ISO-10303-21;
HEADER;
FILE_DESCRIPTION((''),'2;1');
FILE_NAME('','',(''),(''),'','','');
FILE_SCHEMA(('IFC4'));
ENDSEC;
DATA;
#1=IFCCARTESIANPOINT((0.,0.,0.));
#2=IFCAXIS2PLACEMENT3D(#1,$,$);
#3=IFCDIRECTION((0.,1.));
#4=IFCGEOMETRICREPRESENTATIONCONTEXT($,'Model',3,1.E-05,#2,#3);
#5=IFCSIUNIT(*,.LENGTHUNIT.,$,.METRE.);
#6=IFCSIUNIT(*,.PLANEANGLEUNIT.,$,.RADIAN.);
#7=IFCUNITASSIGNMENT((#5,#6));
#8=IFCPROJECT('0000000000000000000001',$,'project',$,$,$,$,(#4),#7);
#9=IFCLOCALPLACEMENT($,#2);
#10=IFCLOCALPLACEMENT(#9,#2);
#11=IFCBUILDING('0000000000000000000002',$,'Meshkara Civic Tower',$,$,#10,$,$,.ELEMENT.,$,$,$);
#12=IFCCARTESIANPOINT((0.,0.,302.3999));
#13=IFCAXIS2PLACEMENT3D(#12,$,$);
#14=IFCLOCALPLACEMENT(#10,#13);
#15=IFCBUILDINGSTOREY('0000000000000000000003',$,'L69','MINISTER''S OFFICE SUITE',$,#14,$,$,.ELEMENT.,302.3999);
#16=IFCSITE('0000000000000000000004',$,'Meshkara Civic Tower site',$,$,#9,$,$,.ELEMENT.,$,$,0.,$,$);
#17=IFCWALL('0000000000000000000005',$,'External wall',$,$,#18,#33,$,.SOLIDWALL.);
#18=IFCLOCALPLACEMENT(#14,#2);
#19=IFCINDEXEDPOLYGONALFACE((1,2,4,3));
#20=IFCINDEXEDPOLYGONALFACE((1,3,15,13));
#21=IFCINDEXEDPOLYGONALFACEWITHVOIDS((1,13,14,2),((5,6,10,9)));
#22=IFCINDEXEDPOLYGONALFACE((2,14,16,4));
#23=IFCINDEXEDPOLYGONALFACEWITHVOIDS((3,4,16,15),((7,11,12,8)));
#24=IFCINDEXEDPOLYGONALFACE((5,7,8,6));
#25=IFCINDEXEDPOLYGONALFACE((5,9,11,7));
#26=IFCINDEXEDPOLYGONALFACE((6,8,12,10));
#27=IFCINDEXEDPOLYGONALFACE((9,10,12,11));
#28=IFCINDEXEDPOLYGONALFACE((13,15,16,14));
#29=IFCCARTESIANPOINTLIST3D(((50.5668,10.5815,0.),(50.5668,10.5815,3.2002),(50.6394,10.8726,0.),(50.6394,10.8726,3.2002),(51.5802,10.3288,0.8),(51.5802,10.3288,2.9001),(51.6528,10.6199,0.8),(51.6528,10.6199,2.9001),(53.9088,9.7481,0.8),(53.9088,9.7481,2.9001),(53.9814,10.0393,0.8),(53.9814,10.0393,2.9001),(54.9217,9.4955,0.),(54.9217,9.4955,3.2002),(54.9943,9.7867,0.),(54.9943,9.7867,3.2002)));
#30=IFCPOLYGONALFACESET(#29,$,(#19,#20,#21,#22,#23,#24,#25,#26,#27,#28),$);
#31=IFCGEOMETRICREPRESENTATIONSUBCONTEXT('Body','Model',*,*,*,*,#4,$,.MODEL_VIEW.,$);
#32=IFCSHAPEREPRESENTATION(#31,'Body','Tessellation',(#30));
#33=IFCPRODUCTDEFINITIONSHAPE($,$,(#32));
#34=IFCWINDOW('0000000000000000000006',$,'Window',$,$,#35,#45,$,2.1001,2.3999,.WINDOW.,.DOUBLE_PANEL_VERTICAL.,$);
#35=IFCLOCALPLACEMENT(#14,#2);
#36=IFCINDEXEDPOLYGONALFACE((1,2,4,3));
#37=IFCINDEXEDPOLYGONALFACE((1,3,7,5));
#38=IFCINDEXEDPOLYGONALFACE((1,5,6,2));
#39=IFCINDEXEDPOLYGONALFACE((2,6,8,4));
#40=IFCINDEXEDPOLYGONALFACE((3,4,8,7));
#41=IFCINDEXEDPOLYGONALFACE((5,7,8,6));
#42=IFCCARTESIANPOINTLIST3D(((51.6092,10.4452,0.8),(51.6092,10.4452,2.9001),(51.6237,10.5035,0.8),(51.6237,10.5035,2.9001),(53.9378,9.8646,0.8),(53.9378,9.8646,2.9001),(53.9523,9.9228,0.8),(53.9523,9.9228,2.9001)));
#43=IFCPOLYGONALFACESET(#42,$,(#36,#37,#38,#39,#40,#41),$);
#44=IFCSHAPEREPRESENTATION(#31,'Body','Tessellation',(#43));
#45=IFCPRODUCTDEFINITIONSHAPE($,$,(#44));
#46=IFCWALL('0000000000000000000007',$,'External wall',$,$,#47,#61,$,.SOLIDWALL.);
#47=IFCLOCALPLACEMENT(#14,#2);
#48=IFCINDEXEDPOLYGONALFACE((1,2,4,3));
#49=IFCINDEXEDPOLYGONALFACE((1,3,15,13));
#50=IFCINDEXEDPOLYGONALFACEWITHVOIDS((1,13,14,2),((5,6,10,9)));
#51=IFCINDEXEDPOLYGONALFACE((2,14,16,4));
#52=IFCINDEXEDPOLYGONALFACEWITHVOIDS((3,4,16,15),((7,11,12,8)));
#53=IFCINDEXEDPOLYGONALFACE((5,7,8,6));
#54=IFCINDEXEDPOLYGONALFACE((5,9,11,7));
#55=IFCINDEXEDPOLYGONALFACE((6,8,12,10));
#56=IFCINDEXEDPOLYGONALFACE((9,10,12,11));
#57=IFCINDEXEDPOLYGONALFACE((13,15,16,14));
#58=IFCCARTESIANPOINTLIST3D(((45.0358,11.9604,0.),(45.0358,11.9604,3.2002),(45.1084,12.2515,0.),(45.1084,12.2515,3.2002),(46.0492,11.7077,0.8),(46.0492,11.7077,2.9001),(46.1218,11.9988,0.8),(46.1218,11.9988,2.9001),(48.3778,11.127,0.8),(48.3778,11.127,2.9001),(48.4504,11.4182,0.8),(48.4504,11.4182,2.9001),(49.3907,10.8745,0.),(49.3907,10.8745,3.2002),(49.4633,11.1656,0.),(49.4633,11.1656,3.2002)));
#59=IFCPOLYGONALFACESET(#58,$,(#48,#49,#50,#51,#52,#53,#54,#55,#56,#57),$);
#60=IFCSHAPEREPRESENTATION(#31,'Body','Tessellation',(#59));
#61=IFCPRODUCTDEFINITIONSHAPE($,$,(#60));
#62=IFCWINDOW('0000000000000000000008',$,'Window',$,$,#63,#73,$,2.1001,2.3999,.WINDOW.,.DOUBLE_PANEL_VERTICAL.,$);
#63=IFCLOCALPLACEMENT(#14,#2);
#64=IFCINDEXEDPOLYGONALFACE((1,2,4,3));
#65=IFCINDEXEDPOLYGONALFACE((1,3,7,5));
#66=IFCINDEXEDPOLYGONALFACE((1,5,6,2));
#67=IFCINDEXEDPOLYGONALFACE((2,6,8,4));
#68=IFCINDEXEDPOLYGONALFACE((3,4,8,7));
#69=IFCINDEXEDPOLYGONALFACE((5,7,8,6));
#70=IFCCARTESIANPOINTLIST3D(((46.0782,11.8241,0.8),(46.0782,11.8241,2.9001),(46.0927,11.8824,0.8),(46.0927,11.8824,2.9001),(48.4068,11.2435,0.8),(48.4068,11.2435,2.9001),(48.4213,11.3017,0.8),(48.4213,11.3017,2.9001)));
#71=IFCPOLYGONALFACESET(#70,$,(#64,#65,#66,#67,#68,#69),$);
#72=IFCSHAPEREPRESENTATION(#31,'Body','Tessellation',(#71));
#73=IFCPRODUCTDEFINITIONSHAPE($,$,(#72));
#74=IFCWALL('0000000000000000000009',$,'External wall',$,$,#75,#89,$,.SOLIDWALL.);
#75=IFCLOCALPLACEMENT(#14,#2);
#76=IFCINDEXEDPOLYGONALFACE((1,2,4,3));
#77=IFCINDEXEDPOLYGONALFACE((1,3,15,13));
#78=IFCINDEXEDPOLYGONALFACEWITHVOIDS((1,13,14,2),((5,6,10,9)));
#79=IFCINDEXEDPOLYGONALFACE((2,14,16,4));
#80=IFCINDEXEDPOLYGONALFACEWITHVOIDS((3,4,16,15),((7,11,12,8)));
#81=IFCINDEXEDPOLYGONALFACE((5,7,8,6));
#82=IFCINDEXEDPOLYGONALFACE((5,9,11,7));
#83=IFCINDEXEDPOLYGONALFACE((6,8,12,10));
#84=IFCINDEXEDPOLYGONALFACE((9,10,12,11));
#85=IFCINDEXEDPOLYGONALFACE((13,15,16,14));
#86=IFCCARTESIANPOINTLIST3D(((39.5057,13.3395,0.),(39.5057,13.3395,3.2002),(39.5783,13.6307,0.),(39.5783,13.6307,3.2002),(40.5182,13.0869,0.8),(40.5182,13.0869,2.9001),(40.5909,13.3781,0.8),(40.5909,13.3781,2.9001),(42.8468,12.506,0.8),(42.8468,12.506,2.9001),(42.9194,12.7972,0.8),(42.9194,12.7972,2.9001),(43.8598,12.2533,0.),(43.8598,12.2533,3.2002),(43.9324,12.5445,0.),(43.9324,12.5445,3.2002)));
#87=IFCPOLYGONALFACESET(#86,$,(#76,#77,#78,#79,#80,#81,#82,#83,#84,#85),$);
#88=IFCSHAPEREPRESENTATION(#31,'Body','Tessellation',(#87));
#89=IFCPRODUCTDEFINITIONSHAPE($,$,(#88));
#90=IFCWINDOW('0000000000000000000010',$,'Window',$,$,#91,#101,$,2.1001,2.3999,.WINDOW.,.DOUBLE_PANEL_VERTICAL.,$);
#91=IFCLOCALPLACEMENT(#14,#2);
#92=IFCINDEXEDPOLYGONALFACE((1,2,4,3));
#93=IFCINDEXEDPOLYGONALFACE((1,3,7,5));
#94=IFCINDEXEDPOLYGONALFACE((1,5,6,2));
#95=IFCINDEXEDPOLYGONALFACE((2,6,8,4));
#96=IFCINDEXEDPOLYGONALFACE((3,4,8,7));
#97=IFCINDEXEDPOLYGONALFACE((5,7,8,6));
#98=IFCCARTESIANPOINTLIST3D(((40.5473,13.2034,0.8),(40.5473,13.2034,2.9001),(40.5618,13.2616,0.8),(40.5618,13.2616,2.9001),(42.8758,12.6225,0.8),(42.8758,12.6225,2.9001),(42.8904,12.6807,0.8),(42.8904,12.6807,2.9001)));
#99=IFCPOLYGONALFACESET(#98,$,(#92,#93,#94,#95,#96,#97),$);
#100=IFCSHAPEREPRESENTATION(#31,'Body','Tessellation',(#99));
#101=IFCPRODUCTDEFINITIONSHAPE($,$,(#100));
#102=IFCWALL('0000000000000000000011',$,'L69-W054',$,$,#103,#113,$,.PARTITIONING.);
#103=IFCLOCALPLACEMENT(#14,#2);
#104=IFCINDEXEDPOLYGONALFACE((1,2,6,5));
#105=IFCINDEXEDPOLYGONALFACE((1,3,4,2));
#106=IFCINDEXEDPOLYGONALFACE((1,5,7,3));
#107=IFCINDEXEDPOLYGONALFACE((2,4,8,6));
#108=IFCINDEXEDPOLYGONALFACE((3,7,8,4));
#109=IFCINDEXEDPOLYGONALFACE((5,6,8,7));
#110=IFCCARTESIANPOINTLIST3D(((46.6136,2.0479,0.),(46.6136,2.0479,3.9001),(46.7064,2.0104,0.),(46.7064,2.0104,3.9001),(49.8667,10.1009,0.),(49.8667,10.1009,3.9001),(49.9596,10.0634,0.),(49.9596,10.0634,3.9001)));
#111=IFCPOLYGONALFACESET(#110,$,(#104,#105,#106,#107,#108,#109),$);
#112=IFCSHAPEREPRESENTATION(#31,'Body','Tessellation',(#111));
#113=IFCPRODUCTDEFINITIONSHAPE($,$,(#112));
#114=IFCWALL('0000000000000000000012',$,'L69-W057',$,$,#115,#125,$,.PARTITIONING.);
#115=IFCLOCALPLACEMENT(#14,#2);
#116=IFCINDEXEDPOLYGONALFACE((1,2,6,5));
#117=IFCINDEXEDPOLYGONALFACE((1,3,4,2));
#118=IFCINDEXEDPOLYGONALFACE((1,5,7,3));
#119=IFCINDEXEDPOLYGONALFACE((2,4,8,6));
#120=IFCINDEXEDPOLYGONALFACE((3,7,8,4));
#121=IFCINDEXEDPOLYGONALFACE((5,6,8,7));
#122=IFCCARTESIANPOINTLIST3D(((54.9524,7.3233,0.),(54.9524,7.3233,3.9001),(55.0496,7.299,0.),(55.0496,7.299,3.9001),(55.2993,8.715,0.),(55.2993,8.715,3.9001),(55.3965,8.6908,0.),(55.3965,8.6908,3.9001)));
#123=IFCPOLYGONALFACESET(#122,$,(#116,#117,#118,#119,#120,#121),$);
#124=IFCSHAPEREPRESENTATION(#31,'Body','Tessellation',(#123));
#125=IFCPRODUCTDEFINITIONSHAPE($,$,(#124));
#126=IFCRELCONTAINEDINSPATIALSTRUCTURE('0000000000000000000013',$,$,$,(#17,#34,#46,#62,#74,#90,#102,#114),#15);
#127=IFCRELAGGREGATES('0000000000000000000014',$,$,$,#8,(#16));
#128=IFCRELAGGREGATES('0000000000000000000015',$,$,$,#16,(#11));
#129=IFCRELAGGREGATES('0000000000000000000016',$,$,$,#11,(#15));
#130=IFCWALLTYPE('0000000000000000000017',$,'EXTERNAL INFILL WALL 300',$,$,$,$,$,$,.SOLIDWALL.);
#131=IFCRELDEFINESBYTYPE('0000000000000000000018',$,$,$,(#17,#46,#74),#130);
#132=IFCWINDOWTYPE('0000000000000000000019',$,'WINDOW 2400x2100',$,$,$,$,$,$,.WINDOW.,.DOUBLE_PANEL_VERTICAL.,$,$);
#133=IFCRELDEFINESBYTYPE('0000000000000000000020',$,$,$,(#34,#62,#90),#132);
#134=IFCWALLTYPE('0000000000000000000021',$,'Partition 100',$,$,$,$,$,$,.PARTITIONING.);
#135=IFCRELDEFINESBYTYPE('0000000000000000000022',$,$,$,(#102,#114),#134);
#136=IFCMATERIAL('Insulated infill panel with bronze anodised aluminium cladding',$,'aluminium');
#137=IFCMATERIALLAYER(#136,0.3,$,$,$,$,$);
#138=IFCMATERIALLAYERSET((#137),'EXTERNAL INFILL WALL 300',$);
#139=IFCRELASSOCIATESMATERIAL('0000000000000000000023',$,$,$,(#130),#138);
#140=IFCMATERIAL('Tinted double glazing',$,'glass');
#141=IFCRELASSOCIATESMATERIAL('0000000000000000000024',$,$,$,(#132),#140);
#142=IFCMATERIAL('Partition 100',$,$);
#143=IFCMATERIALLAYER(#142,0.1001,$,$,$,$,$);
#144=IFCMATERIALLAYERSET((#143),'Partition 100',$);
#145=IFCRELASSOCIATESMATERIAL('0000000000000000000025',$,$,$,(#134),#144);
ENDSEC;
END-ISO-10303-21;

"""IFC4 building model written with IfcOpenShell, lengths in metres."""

from ifc_helpers import new_model, si_unit, direction, frame, frame_2d, origin, place, context, subcontext, project, spatial, rectangle, extrude, material, layer, layer_set, type_object, element, fill, save


model = new_model("IFC4")

# Units and contexts
model_context = context("Model", 3, precision=1e-05, world=origin(), true_north=direction((0.0, 1.0)))
body_context = subcontext(model_context, "Body", "Model", "MODEL_VIEW")
ifc_project = project(units=[si_unit("LENGTHUNIT", "METRE"), si_unit("PLANEANGLEUNIT", "RADIAN")], contexts=[model_context])

# Site, building, storey
site_placement = place(None, origin())
site = spatial("IfcSite", under=ifc_project, at=site_placement, Name="Meshkara Civic Tower site", CompositionType="ELEMENT", RefElevation=0.0)
building_placement = place(site_placement, origin())
building = spatial("IfcBuilding", under=site, at=building_placement, Name="Meshkara Civic Tower", CompositionType="ELEMENT")
storey_placement = place(building_placement, frame((0.0, 0.0, 302.3999)))
storey = spatial("IfcBuildingStorey", under=building, at=storey_placement, Name="L69", Description="MINISTER'S OFFICE SUITE", CompositionType="ELEMENT", Elevation=302.3999)

# Walls, openings, windows
ifc_material_1 = material(Name="Insulated infill panel with bronze anodised aluminium cladding", Category="aluminium")
ifc_layer_1 = layer(ifc_material_1, 0.3)
ifc_layer_set_1 = layer_set([ifc_layer_1], Name="EXTERNAL INFILL WALL 300")
wall_type_1 = type_object("IfcWallType", Name="EXTERNAL INFILL WALL 300", PredefinedType="SOLIDWALL", material=ifc_layer_set_1)
wall_1_placement = place(storey_placement, frame((54.958, 9.6411, 0.0), z_axis=(0.0, 0.0, 1.0), x_axis=(-0.97029, 0.241947, 0.0)))
wall_1 = element("IfcWall", 1, at=wall_1_placement, inside=storey, type_object=wall_type_1, Name="External wall", PredefinedType="SOLIDWALL", context=body_context, shape_type="SweptSolid", body=[
    extrude(rectangle(XDim=4.4883, YDim=0.3, at=frame_2d((2.2441, 0.0))), origin(), (0.0, 0.0, 1.0), 3.2002),
])
opening_1_placement = place(wall_1_placement, frame((1.0439, 0.0, 0.8)))
opening_1 = element("IfcOpeningElement", 2, at=opening_1_placement, cuts=wall_1, PredefinedType="OPENING", context=body_context, shape_type="SweptSolid", body=[
    extrude(rectangle(XDim=2.3999, YDim=2.1001, at=frame_2d((1.2, 1.05))), frame((0.0, 0.1599, 0.0), z_axis=(0.0, -1.0, 0.0), x_axis=(1.0, 0.0, 0.0)), (0.0, 0.0, 1.0), 0.3201),
])
ifc_material_2 = material(Name="Tinted double glazing", Category="glass")
window_type = type_object("IfcWindowType", Name="WINDOW 2400x2100", PartitioningType="DOUBLE_PANEL_VERTICAL", PredefinedType="WINDOW", material=ifc_material_2)
window_1_placement = place(opening_1_placement, origin())
window_1 = element("IfcWindow", 3, at=window_1_placement, inside=storey, type_object=window_type, Name="Window", OverallHeight=2.1001, OverallWidth=2.3999, PartitioningType="DOUBLE_PANEL_VERTICAL", PredefinedType="WINDOW", context=body_context, shape_type="SweptSolid", body=[
    extrude(rectangle(XDim=2.3999, YDim=2.1001, at=frame_2d((1.2, 1.05))), frame((0.0, 0.03, 0.0), z_axis=(0.0, -1.0, 0.0), x_axis=(1.0, 0.0, 0.0)), (0.0, 0.0, 1.0), 0.0601),
])
fill(opening_1, window_1)
wall_2_placement = place(storey_placement, frame((49.427, 11.02, 0.0), z_axis=(0.0, 0.0, 1.0), x_axis=(-0.97029, 0.241947, 0.0)))
wall_2 = element("IfcWall", 4, at=wall_2_placement, inside=storey, type_object=wall_type_1, Name="External wall", PredefinedType="SOLIDWALL", context=body_context, shape_type="SweptSolid", body=[
    extrude(rectangle(XDim=4.4883, YDim=0.3, at=frame_2d((2.2441, 0.0))), origin(), (0.0, 0.0, 1.0), 3.2002),
])
opening_2_placement = place(wall_2_placement, frame((1.0439, 0.0, 0.8)))
opening_2 = element("IfcOpeningElement", 5, at=opening_2_placement, cuts=wall_2, PredefinedType="OPENING", context=body_context, shape_type="SweptSolid", body=[
    extrude(rectangle(XDim=2.3999, YDim=2.1001, at=frame_2d((1.2, 1.05))), frame((0.0, 0.1599, 0.0), z_axis=(0.0, -1.0, 0.0), x_axis=(1.0, 0.0, 0.0)), (0.0, 0.0, 1.0), 0.3201),
])
window_2_placement = place(opening_2_placement, origin())
window_2 = element("IfcWindow", 6, at=window_2_placement, inside=storey, type_object=window_type, Name="Window", OverallHeight=2.1001, OverallWidth=2.3999, PartitioningType="DOUBLE_PANEL_VERTICAL", PredefinedType="WINDOW", context=body_context, shape_type="SweptSolid", body=[
    extrude(rectangle(XDim=2.3999, YDim=2.1001, at=frame_2d((1.2, 1.05))), frame((0.0, 0.03, 0.0), z_axis=(0.0, -1.0, 0.0), x_axis=(1.0, 0.0, 0.0)), (0.0, 0.0, 1.0), 0.0601),
])
fill(opening_2, window_2)
wall_3_placement = place(storey_placement, frame((43.896, 12.3989, 0.0), z_axis=(0.0, 0.0, 1.0), x_axis=(-0.970264, 0.242049, 0.0)))
wall_3 = element("IfcWall", 7, at=wall_3_placement, inside=storey, type_object=wall_type_1, Name="External wall", PredefinedType="SOLIDWALL", context=body_context, shape_type="SweptSolid", body=[
    extrude(rectangle(XDim=4.4875, YDim=0.3, at=frame_2d((2.2437, 0.0))), origin(), (0.0, 0.0, 1.0), 3.2002),
])
opening_3_placement = place(wall_3_placement, frame((1.0439, 0.0, 0.8)))
opening_3 = element("IfcOpeningElement", 8, at=opening_3_placement, cuts=wall_3, PredefinedType="OPENING", context=body_context, shape_type="SweptSolid", body=[
    extrude(rectangle(XDim=2.3999, YDim=2.1001, at=frame_2d((1.2, 1.05))), frame((0.0, 0.1599, 0.0), z_axis=(0.0, -1.0, 0.0), x_axis=(1.0, 0.0, 0.0)), (0.0, 0.0, 1.0), 0.3201),
])
window_3_placement = place(opening_3_placement, origin())
window_3 = element("IfcWindow", 9, at=window_3_placement, inside=storey, type_object=window_type, Name="Window", OverallHeight=2.1001, OverallWidth=2.3999, PartitioningType="DOUBLE_PANEL_VERTICAL", PredefinedType="WINDOW", context=body_context, shape_type="SweptSolid", body=[
    extrude(rectangle(XDim=2.3999, YDim=2.1001, at=frame_2d((1.2, 1.05))), frame((0.0, 0.03, 0.0), z_axis=(0.0, -1.0, 0.0), x_axis=(1.0, 0.0, 0.0)), (0.0, 0.0, 1.0), 0.0601),
])
fill(opening_3, window_3)

# Walls
ifc_material_3 = material(Name="Partition 100")
ifc_layer_2 = layer(ifc_material_3, 0.1001)
ifc_layer_set_2 = layer_set([ifc_layer_2], Name="Partition 100")
wall_type_2 = type_object("IfcWallType", Name="Partition 100", PredefinedType="PARTITIONING", material=ifc_layer_set_2)
wall_4_placement = place(storey_placement, frame((46.6599, 2.0291, 0.0), z_axis=(0.0, 0.0, 1.0), x_axis=(0.374563, 0.927201, 0.0)))
element("IfcWall", 10, at=wall_4_placement, inside=storey, type_object=wall_type_2, Name="L69-W054", PredefinedType="PARTITIONING", context=body_context, shape_type="SweptSolid", body=[
    extrude(rectangle(XDim=8.6853, YDim=0.1001, at=frame_2d((4.3428, 0.0))), origin(), (0.0, 0.0, 1.0), 3.9001),
])
wall_5_placement = place(storey_placement, frame((55.001, 7.311, 0.0), z_axis=(0.0, 0.0, 1.0), x_axis=(0.241855, 0.970312, 0.0)))
element("IfcWall", 11, at=wall_5_placement, inside=storey, type_object=wall_type_2, Name="L69-W057", PredefinedType="PARTITIONING", context=body_context, shape_type="SweptSolid", body=[
    extrude(rectangle(XDim=1.4343, YDim=0.1001, at=frame_2d((0.7173, 0.0))), origin(), (0.0, 0.0, 1.0), 3.9001),
])

save(model, "model.ifc")
